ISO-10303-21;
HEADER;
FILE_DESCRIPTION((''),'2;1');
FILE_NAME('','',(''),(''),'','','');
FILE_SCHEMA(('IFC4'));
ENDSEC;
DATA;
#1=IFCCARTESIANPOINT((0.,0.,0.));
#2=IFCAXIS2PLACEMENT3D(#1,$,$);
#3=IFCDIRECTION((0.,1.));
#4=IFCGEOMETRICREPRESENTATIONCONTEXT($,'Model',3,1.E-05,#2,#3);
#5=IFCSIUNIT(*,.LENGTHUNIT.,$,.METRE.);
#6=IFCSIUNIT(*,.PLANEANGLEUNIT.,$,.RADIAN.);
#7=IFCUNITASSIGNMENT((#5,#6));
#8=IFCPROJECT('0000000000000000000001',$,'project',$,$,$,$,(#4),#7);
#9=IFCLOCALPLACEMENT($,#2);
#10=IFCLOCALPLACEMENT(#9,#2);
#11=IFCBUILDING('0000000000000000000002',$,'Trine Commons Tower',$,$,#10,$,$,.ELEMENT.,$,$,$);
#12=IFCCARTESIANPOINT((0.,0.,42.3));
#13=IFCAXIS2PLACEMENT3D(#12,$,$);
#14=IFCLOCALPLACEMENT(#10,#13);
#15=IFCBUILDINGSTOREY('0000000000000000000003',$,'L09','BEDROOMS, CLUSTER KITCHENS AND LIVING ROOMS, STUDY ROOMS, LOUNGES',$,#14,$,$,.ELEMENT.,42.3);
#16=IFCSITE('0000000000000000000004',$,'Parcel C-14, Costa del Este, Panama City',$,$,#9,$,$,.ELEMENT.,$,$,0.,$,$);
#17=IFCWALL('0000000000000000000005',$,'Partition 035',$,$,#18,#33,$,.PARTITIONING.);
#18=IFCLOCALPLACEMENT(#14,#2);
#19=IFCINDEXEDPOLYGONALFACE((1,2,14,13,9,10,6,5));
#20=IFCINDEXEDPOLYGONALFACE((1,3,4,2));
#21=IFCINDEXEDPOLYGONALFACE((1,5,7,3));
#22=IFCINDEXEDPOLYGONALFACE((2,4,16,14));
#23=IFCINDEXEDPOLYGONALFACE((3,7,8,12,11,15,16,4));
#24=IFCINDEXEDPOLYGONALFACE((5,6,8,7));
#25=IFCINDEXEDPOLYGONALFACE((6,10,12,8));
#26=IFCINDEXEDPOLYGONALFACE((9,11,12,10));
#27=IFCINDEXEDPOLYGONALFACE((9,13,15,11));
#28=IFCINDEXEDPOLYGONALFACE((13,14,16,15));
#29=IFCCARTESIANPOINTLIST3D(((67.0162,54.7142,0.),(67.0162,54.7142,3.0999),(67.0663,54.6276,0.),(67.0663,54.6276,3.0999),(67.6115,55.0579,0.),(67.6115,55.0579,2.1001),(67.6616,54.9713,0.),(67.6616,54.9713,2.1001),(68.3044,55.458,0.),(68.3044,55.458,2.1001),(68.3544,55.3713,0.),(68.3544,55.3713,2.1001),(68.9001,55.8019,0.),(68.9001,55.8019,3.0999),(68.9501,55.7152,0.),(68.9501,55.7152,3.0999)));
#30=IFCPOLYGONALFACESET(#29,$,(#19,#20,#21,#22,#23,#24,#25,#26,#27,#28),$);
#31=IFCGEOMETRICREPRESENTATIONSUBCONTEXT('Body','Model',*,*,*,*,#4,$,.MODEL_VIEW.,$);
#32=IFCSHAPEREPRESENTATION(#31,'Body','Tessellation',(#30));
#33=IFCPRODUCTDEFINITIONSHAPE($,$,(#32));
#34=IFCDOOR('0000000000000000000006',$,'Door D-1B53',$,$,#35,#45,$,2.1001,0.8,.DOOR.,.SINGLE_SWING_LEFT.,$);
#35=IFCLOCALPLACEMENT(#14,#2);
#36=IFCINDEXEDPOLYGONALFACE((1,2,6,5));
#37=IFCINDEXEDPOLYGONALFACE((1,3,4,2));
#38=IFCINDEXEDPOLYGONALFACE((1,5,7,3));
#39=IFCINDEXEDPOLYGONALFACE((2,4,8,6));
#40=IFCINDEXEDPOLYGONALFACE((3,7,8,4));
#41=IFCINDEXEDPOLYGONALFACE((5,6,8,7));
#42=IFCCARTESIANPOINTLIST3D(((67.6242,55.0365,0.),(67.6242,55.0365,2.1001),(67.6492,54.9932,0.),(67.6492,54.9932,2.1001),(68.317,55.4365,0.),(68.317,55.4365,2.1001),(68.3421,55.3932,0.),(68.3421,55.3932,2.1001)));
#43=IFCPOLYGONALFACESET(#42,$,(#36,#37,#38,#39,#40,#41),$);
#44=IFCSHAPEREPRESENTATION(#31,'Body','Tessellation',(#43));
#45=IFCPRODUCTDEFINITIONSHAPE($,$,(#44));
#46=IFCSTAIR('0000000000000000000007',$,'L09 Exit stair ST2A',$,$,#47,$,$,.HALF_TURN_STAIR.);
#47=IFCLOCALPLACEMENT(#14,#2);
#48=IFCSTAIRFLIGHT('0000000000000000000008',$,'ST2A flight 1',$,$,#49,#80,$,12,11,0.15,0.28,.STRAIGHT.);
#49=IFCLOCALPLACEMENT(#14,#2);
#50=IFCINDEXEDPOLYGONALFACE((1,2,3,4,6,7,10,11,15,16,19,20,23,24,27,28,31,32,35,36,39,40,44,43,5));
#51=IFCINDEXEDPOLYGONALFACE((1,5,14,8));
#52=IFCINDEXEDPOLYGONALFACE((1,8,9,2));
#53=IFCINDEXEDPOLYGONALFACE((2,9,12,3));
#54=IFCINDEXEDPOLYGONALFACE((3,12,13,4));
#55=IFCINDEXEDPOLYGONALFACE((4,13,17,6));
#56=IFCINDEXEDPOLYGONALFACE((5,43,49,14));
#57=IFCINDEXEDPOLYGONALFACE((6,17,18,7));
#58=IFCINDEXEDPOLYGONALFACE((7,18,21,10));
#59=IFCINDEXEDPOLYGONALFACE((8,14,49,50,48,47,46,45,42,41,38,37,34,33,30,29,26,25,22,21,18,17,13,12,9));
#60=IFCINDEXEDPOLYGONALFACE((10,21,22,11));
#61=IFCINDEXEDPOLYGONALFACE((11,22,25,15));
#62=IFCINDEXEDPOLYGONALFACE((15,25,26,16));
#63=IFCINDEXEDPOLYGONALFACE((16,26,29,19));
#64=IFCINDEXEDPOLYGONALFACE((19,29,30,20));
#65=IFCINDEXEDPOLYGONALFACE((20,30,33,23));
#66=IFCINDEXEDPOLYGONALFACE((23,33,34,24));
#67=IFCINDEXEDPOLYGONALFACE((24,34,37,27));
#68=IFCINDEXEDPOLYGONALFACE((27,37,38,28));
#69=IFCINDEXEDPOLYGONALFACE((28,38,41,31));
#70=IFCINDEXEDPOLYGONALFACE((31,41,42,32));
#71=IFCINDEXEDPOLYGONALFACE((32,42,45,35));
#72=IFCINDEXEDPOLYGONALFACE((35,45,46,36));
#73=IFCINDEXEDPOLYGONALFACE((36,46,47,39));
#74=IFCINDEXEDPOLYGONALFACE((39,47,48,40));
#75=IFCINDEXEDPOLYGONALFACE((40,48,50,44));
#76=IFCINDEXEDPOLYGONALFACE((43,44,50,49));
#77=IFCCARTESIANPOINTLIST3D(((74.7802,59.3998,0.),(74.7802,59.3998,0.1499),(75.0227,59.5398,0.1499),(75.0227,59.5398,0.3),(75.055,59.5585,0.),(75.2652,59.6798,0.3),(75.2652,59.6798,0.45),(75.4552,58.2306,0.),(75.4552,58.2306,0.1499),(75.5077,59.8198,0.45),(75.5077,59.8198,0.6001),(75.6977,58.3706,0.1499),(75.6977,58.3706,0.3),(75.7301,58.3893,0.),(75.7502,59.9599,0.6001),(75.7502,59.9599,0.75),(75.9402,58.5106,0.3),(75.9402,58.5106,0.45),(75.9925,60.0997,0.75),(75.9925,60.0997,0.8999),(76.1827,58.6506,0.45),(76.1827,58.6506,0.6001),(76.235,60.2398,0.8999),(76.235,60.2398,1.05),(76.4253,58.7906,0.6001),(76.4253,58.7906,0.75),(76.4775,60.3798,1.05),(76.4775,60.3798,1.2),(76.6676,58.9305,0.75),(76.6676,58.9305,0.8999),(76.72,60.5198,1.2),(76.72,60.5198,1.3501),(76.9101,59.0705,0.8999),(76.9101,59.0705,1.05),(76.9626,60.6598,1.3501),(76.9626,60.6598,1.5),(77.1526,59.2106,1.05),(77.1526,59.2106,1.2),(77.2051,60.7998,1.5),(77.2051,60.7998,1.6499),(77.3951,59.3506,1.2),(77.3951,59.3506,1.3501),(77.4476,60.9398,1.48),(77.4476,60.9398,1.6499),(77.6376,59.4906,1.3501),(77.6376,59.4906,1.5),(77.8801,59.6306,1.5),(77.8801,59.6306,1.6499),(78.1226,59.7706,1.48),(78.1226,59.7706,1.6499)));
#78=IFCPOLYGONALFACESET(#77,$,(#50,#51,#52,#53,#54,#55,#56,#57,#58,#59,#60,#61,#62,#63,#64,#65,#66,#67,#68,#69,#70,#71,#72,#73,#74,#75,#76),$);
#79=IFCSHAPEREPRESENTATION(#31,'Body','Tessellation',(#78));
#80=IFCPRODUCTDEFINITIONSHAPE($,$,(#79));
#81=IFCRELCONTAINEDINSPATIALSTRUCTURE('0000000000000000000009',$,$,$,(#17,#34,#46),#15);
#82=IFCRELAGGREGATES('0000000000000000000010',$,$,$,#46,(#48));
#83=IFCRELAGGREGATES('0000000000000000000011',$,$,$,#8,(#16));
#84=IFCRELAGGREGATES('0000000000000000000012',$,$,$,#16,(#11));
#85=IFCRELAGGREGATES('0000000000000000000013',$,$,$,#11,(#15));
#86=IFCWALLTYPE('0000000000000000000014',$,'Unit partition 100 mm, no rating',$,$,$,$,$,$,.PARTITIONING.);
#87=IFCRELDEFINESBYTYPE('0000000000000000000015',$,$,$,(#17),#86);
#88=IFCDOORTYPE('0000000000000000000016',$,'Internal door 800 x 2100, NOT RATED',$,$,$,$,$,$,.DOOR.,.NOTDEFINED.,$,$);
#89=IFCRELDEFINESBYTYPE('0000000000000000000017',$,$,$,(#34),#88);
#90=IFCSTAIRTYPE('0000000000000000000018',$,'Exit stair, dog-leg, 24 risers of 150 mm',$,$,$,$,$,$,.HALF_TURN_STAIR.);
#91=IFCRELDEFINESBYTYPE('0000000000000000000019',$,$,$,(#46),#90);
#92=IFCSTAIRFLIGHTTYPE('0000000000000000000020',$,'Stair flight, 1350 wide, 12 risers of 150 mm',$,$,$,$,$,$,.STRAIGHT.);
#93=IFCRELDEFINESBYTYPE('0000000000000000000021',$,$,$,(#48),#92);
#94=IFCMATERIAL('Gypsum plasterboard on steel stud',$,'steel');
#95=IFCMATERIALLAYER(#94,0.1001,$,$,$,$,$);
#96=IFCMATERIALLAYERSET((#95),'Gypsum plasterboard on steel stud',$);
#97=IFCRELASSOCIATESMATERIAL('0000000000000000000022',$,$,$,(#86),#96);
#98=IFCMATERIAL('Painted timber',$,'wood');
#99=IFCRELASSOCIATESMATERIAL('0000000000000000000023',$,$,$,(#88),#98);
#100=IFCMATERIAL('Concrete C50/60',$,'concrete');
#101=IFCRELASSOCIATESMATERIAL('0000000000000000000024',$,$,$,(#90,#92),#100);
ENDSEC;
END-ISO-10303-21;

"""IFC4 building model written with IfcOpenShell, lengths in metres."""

from ifc_helpers import new_model, si_unit, direction, frame, frame_2d, origin, place, context, subcontext, project, spatial, polyline, rectangle, outline, extrude, material, layer, layer_set, type_object, element, fill, aggregate, save


model = new_model("IFC4")

# Units and contexts
model_context = context("Model", 3, precision=1e-05, world=origin(), true_north=direction((0.0, 1.0)))
body_context = subcontext(model_context, "Body", "Model", "MODEL_VIEW")
ifc_project = project(units=[si_unit("LENGTHUNIT", "METRE"), si_unit("PLANEANGLEUNIT", "RADIAN")], contexts=[model_context])

# Site, building, storey
site_placement = place(None, origin())
site = spatial("IfcSite", under=ifc_project, at=site_placement, Name="Parcel C-14, Costa del Este, Panama City", CompositionType="ELEMENT", RefElevation=0.0)
building_placement = place(site_placement, origin())
building = spatial("IfcBuilding", under=site, at=building_placement, Name="Trine Commons Tower", CompositionType="ELEMENT")
storey_placement = place(building_placement, frame((0.0, 0.0, 42.3)))
storey = spatial("IfcBuildingStorey", under=building, at=storey_placement, Name="L09", Description="BEDROOMS, CLUSTER KITCHENS AND LIVING ROOMS, STUDY ROOMS, LOUNGES", CompositionType="ELEMENT", Elevation=42.3)

# Shared definitions
ifc_material_1 = material(Name="Concrete C50/60", Category="concrete")

# Shared definitions
ifc_material_2 = material(Name="Gypsum plasterboard on steel stud", Category="steel")

# Shared definitions
ifc_material_3 = material(Name="Painted timber", Category="wood")
ifc_layer_1 = layer(ifc_material_2, 0.1001)
ifc_layer_set_1 = layer_set([ifc_layer_1], Name="Gypsum plasterboard on steel stud")
wall_type_1 = type_object("IfcWallType", Name="Unit partition 100 mm, no rating", PredefinedType="PARTITIONING", material=ifc_layer_set_1)
door_type_1 = type_object("IfcDoorType", Name="Internal door 800 x 2100, NOT RATED", OperationType="NOTDEFINED", PredefinedType="DOOR", material=ifc_material_3)

# Wall, opening, door
wall_1_placement = place(storey_placement, frame((67.0413, 54.6709, 0.0), z_axis=(0.0, 0.0, 1.0), x_axis=(0.866017, 0.500014, 0.0)))
wall_1 = element("IfcWall", 1, at=wall_1_placement, inside=storey, type_object=wall_type_1, Name="Partition 035", PredefinedType="PARTITIONING", context=body_context, shape_type="SweptSolid", body=[
    extrude(rectangle(XDim=2.1753, YDim=0.1001, at=frame_2d((1.0876, 0.0))), origin(), (0.0, 0.0, 1.0), 3.0999),
])
opening_1_placement = place(wall_1_placement, frame((0.6875, 0.0, 0.0)))
opening_1 = element("IfcOpeningElement", 2, at=opening_1_placement, cuts=wall_1, PredefinedType="OPENING", context=body_context, shape_type="SweptSolid", body=[
    extrude(rectangle(XDim=0.8, YDim=2.1001, at=frame_2d((0.3999, 1.05))), frame((0.0, 0.0601, 0.0), z_axis=(0.0, -1.0, 0.0), x_axis=(1.0, 0.0, 0.0)), (0.0, 0.0, 1.0), 0.1201),
])
door_1_placement = place(opening_1_placement, frame((0.8, 0.0, 0.0), z_axis=(0.0, 0.0, 1.0), x_axis=(-1.0, 0.0, 0.0)))
door_1 = element("IfcDoor", 3, at=door_1_placement, inside=storey, type_object=door_type_1, Name="Door D-1B53", OperationType="SINGLE_SWING_LEFT", OverallHeight=2.1001, OverallWidth=0.8, PredefinedType="DOOR", context=body_context, shape_type="SweptSolid", body=[
    extrude(rectangle(XDim=0.8, YDim=2.1001, at=frame_2d((0.3999, 1.05))), frame((0.0, 0.0249, 0.0), z_axis=(0.0, -1.0, 0.0), x_axis=(1.0, 0.0, 0.0)), (0.0, 0.0, 1.0), 0.05),
])
fill(opening_1, door_1)

# Stair, stair flight
stair_type = type_object("IfcStairType", Name="Exit stair, dog-leg, 24 risers of 150 mm", PredefinedType="HALF_TURN_STAIR", material=ifc_material_1)
stair_placement = place(storey_placement, origin())
stair = element("IfcStair", 4, at=stair_placement, inside=storey, type_object=stair_type, Name="L09 Exit stair ST2A", PredefinedType="HALF_TURN_STAIR")
stair_flight_type = type_object("IfcStairFlightType", Name="Stair flight, 1350 wide, 12 risers of 150 mm", PredefinedType="STRAIGHT", material=ifc_material_1)
stair_flight_placement = place(storey_placement, frame((75.1177, 58.8152, 0.0), z_axis=(0.0, 0.0, 1.0), x_axis=(0.866025, 0.5, 0.0)))
stair_flight = element("IfcStairFlight", 5, at=stair_flight_placement, type_object=stair_flight_type, Name="ST2A flight 1", NumberOfRisers=12, NumberOfTreads=11, PredefinedType="STRAIGHT", RiserHeight=0.15, TreadLength=0.28, context=body_context, shape_type="SweptSolid", body=[
    extrude(outline(polyline([(0.0, 0.0), (0.0, 0.1499), (0.28, 0.1499), (0.28, 0.3), (0.5601, 0.3), (0.5601, 0.45), (0.8401, 0.45), (0.8401, 0.6001), (1.1201, 0.6001), (1.1201, 0.75), (1.3999, 0.75), (1.3999, 0.8999), (1.6799, 0.8999), (1.6799, 1.05), (1.96, 1.05), (1.96, 1.2), (2.24, 1.2), (2.24, 1.3501), (2.52, 1.3501), (2.52, 1.5), (2.8, 1.5), (2.8, 1.6499), (3.0801, 1.6499), (3.0801, 1.8), (3.0801, 1.48), (0.3174, 0.0), (0.0, 0.0)])), frame((0.0, 0.675, 0.0), z_axis=(0.0, -1.0, 0.0), x_axis=(1.0, 0.0, 0.0)), (0.0, 0.0, 1.0), 1.3501),
])
aggregate(stair, [stair_flight])

save(model, "model.ifc")
